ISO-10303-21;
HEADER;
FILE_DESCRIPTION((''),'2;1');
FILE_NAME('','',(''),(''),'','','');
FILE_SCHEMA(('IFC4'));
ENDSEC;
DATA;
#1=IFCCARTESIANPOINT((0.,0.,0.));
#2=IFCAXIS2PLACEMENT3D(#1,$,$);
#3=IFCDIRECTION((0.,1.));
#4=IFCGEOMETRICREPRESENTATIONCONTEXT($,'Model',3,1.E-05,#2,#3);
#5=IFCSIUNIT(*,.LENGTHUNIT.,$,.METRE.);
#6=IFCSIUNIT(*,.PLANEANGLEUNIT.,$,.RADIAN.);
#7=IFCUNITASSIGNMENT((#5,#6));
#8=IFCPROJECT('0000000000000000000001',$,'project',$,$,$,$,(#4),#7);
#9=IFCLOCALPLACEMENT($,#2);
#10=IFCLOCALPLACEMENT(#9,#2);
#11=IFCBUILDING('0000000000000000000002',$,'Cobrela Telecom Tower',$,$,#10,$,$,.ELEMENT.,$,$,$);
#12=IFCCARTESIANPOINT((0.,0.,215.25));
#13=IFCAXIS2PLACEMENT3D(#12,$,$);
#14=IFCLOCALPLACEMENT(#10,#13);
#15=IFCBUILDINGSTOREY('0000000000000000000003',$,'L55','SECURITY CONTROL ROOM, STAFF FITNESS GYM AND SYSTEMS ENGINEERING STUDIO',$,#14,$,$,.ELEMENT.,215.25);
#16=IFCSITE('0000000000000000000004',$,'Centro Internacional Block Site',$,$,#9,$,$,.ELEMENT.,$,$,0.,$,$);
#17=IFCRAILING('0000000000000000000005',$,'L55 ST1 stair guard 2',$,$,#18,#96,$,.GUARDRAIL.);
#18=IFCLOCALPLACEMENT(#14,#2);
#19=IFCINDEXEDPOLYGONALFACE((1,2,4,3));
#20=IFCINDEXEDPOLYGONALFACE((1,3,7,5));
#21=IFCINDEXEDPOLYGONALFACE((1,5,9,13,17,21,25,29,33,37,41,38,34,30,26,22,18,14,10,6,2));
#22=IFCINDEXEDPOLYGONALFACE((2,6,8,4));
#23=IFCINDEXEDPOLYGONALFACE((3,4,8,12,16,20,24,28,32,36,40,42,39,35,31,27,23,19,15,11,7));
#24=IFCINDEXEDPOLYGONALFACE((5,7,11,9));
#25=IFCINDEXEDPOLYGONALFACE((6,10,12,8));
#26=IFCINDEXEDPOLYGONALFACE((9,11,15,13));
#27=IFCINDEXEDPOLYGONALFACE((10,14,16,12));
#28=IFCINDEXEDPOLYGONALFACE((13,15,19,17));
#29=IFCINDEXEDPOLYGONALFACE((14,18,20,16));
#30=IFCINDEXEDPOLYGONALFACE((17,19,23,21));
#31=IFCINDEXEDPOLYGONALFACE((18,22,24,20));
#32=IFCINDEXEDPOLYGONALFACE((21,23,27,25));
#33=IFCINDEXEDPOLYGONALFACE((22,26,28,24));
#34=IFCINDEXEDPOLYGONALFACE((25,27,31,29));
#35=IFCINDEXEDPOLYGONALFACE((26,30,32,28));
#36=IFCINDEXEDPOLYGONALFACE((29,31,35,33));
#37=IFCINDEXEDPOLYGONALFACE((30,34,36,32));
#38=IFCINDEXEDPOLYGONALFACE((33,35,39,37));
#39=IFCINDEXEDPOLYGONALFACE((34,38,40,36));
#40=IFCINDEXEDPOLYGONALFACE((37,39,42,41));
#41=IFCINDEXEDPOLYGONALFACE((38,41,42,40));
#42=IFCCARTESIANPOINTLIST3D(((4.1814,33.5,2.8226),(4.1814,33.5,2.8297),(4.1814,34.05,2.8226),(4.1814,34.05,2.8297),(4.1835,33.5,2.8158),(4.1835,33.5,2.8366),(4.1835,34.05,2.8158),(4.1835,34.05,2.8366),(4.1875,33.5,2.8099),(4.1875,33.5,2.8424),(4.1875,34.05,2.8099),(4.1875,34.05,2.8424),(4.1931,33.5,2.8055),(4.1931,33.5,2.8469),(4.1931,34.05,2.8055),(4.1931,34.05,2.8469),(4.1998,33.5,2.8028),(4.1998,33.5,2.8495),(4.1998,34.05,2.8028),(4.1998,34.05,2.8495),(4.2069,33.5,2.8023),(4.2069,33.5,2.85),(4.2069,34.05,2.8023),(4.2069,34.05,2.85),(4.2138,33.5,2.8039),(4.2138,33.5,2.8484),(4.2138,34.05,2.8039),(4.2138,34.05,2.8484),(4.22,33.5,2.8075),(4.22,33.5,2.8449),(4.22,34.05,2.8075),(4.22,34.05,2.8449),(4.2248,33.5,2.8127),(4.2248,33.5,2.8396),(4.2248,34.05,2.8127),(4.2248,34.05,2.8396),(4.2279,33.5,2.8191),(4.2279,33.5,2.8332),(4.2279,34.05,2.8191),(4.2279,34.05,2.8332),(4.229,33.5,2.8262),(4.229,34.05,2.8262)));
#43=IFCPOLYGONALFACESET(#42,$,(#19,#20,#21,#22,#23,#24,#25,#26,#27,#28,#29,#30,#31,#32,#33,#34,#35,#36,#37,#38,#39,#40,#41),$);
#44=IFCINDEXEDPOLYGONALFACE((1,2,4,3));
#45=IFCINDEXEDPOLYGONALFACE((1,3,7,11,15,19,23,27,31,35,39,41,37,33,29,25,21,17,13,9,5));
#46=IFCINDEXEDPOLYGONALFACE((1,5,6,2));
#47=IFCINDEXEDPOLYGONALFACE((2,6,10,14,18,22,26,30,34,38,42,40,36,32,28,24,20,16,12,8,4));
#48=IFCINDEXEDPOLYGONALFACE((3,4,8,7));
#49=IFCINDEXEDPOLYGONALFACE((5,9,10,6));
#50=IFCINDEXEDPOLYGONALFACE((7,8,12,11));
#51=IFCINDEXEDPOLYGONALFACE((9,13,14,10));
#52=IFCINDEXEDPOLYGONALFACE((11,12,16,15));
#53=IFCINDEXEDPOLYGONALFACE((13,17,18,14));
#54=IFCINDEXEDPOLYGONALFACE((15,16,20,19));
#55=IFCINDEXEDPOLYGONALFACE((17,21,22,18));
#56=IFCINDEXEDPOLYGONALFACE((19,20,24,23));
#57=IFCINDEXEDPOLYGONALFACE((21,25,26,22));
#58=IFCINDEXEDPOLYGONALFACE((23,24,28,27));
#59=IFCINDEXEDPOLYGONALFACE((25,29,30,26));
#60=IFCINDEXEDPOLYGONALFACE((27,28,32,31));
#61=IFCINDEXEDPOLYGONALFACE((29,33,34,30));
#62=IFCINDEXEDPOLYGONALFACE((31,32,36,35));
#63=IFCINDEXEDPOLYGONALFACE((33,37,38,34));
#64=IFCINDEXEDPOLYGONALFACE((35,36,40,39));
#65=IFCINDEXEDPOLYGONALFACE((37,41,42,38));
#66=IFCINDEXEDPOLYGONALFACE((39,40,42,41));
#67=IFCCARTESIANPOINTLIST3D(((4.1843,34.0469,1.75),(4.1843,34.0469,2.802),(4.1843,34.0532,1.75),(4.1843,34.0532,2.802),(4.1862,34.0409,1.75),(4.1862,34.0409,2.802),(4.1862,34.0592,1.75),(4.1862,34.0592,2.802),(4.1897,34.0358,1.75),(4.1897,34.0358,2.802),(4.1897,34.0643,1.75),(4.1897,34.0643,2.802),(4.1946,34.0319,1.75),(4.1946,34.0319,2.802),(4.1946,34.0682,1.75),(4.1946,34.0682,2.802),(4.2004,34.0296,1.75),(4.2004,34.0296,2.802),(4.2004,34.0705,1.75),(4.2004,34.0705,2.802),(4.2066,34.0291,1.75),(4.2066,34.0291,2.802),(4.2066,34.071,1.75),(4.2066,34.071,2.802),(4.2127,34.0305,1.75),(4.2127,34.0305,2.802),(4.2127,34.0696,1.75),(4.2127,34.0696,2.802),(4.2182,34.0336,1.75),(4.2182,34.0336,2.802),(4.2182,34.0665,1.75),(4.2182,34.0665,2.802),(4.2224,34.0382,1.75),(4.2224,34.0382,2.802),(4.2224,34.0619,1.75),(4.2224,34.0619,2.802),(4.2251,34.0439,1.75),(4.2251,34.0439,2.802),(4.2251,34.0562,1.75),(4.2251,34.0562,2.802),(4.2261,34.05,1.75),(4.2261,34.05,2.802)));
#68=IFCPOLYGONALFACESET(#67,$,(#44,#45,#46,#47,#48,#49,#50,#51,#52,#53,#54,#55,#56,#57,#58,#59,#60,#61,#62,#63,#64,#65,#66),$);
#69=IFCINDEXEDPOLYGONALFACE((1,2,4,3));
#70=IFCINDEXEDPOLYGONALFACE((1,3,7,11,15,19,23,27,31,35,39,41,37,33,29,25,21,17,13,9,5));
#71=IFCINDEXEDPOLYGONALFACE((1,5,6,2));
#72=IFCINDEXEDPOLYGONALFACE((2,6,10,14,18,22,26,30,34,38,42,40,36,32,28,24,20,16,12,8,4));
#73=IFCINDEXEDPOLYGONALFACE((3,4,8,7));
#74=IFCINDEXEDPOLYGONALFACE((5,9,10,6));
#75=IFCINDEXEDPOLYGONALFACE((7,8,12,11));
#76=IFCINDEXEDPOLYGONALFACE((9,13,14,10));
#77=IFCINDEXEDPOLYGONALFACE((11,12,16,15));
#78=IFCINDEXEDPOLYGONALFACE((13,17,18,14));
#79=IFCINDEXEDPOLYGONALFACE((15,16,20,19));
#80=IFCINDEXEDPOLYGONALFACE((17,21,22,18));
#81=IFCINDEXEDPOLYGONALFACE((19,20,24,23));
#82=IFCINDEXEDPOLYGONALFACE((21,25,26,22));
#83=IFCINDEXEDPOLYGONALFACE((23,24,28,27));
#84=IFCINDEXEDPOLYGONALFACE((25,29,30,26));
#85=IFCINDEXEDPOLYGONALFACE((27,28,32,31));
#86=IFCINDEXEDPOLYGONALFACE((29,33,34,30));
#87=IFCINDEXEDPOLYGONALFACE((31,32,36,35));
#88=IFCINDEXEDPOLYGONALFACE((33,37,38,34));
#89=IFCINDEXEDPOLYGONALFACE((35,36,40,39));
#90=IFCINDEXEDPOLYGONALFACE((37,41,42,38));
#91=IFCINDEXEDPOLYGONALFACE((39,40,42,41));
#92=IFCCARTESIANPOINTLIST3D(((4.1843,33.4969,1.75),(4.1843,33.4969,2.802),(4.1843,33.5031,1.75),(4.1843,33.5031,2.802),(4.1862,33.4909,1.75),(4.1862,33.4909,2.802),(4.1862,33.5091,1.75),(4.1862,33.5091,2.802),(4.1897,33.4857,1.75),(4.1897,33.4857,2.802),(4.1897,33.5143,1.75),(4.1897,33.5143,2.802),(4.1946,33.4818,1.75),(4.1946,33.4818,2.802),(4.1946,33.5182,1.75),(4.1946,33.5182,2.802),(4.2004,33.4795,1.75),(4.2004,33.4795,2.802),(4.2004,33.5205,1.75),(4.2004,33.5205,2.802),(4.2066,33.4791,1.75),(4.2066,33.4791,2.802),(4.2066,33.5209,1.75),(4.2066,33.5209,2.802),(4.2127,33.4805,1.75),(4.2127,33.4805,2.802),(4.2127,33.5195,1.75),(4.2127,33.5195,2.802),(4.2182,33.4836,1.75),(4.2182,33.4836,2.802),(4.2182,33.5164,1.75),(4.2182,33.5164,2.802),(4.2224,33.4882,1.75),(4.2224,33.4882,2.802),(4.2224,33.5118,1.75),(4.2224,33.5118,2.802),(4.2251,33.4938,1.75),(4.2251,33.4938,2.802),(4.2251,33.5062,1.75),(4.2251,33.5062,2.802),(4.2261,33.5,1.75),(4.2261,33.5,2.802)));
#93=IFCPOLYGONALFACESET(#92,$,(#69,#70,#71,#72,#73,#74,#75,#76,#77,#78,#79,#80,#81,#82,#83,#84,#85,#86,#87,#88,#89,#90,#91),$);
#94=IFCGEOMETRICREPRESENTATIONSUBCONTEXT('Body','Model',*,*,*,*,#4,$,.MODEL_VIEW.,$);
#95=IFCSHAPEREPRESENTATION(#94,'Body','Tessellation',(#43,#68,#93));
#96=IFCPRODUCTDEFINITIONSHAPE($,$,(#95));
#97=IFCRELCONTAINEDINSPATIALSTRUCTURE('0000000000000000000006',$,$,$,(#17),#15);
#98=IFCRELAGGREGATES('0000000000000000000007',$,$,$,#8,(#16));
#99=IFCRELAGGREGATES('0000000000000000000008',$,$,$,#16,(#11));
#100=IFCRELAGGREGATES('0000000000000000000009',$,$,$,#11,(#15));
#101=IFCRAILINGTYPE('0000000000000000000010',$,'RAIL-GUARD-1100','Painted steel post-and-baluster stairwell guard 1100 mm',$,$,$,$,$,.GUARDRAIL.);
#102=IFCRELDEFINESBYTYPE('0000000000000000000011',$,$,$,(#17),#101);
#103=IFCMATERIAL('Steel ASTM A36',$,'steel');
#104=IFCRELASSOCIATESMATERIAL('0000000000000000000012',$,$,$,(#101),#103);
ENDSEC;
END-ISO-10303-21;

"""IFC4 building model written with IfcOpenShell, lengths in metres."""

from ifc_helpers import new_model, si_unit, direction, frame, origin, origin_2d, place, context, subcontext, project, spatial, circle, extrude, material, type_object, element, save


model = new_model("IFC4")

# Units and contexts
model_context = context("Model", 3, precision=1e-05, world=origin(), true_north=direction((0.0, 1.0)))
body_context = subcontext(model_context, "Body", "Model", "MODEL_VIEW")
ifc_project = project(units=[si_unit("LENGTHUNIT", "METRE"), si_unit("PLANEANGLEUNIT", "RADIAN")], contexts=[model_context])

# Site, building, storey
site_placement = place(None, origin())
site = spatial("IfcSite", under=ifc_project, at=site_placement, Name="Centro Internacional Block Site", CompositionType="ELEMENT", RefElevation=0.0)
building_placement = place(site_placement, origin())
building = spatial("IfcBuilding", under=site, at=building_placement, Name="Cobrela Telecom Tower", CompositionType="ELEMENT")
storey_placement = place(building_placement, frame((0.0, 0.0, 215.25)))
storey = spatial("IfcBuildingStorey", under=building, at=storey_placement, Name="L55", Description="SECURITY CONTROL ROOM, STAFF FITNESS GYM AND SYSTEMS ENGINEERING STUDIO", CompositionType="ELEMENT", Elevation=215.25)

# Shared definitions
ifc_material_1 = material(Name="Steel ASTM A36", Category="steel")

# Railing
railing_type_1 = type_object("IfcRailingType", Name="RAIL-GUARD-1100", Description="Painted steel post-and-baluster stairwell guard 1100 mm", PredefinedType="GUARDRAIL", material=ifc_material_1)
railing_1_placement = place(storey_placement, frame((4.2051, 34.05, 1.75)))
element("IfcRailing", 1, at=railing_1_placement, inside=storey, type_object=railing_type_1, Name="L55 ST1 stair guard 2", PredefinedType="GUARDRAIL", context=body_context, shape_type="SweptSolid", body=[
    extrude(circle(Radius=0.0239, at=origin_2d()), frame((0.0, 0.0, 1.0762), z_axis=(0.0, -1.0, 0.0), x_axis=(1.0, 0.0, 0.0)), (0.0, 0.0, 1.0), 0.55),
    extrude(circle(Radius=0.021, at=origin_2d()), origin(), (0.0, 0.0, 1.0), 1.052),
    extrude(circle(Radius=0.021, at=origin_2d()), frame((0.0, -0.55, 0.0)), (0.0, 0.0, 1.0), 1.052),
])

save(model, "model.ifc")
